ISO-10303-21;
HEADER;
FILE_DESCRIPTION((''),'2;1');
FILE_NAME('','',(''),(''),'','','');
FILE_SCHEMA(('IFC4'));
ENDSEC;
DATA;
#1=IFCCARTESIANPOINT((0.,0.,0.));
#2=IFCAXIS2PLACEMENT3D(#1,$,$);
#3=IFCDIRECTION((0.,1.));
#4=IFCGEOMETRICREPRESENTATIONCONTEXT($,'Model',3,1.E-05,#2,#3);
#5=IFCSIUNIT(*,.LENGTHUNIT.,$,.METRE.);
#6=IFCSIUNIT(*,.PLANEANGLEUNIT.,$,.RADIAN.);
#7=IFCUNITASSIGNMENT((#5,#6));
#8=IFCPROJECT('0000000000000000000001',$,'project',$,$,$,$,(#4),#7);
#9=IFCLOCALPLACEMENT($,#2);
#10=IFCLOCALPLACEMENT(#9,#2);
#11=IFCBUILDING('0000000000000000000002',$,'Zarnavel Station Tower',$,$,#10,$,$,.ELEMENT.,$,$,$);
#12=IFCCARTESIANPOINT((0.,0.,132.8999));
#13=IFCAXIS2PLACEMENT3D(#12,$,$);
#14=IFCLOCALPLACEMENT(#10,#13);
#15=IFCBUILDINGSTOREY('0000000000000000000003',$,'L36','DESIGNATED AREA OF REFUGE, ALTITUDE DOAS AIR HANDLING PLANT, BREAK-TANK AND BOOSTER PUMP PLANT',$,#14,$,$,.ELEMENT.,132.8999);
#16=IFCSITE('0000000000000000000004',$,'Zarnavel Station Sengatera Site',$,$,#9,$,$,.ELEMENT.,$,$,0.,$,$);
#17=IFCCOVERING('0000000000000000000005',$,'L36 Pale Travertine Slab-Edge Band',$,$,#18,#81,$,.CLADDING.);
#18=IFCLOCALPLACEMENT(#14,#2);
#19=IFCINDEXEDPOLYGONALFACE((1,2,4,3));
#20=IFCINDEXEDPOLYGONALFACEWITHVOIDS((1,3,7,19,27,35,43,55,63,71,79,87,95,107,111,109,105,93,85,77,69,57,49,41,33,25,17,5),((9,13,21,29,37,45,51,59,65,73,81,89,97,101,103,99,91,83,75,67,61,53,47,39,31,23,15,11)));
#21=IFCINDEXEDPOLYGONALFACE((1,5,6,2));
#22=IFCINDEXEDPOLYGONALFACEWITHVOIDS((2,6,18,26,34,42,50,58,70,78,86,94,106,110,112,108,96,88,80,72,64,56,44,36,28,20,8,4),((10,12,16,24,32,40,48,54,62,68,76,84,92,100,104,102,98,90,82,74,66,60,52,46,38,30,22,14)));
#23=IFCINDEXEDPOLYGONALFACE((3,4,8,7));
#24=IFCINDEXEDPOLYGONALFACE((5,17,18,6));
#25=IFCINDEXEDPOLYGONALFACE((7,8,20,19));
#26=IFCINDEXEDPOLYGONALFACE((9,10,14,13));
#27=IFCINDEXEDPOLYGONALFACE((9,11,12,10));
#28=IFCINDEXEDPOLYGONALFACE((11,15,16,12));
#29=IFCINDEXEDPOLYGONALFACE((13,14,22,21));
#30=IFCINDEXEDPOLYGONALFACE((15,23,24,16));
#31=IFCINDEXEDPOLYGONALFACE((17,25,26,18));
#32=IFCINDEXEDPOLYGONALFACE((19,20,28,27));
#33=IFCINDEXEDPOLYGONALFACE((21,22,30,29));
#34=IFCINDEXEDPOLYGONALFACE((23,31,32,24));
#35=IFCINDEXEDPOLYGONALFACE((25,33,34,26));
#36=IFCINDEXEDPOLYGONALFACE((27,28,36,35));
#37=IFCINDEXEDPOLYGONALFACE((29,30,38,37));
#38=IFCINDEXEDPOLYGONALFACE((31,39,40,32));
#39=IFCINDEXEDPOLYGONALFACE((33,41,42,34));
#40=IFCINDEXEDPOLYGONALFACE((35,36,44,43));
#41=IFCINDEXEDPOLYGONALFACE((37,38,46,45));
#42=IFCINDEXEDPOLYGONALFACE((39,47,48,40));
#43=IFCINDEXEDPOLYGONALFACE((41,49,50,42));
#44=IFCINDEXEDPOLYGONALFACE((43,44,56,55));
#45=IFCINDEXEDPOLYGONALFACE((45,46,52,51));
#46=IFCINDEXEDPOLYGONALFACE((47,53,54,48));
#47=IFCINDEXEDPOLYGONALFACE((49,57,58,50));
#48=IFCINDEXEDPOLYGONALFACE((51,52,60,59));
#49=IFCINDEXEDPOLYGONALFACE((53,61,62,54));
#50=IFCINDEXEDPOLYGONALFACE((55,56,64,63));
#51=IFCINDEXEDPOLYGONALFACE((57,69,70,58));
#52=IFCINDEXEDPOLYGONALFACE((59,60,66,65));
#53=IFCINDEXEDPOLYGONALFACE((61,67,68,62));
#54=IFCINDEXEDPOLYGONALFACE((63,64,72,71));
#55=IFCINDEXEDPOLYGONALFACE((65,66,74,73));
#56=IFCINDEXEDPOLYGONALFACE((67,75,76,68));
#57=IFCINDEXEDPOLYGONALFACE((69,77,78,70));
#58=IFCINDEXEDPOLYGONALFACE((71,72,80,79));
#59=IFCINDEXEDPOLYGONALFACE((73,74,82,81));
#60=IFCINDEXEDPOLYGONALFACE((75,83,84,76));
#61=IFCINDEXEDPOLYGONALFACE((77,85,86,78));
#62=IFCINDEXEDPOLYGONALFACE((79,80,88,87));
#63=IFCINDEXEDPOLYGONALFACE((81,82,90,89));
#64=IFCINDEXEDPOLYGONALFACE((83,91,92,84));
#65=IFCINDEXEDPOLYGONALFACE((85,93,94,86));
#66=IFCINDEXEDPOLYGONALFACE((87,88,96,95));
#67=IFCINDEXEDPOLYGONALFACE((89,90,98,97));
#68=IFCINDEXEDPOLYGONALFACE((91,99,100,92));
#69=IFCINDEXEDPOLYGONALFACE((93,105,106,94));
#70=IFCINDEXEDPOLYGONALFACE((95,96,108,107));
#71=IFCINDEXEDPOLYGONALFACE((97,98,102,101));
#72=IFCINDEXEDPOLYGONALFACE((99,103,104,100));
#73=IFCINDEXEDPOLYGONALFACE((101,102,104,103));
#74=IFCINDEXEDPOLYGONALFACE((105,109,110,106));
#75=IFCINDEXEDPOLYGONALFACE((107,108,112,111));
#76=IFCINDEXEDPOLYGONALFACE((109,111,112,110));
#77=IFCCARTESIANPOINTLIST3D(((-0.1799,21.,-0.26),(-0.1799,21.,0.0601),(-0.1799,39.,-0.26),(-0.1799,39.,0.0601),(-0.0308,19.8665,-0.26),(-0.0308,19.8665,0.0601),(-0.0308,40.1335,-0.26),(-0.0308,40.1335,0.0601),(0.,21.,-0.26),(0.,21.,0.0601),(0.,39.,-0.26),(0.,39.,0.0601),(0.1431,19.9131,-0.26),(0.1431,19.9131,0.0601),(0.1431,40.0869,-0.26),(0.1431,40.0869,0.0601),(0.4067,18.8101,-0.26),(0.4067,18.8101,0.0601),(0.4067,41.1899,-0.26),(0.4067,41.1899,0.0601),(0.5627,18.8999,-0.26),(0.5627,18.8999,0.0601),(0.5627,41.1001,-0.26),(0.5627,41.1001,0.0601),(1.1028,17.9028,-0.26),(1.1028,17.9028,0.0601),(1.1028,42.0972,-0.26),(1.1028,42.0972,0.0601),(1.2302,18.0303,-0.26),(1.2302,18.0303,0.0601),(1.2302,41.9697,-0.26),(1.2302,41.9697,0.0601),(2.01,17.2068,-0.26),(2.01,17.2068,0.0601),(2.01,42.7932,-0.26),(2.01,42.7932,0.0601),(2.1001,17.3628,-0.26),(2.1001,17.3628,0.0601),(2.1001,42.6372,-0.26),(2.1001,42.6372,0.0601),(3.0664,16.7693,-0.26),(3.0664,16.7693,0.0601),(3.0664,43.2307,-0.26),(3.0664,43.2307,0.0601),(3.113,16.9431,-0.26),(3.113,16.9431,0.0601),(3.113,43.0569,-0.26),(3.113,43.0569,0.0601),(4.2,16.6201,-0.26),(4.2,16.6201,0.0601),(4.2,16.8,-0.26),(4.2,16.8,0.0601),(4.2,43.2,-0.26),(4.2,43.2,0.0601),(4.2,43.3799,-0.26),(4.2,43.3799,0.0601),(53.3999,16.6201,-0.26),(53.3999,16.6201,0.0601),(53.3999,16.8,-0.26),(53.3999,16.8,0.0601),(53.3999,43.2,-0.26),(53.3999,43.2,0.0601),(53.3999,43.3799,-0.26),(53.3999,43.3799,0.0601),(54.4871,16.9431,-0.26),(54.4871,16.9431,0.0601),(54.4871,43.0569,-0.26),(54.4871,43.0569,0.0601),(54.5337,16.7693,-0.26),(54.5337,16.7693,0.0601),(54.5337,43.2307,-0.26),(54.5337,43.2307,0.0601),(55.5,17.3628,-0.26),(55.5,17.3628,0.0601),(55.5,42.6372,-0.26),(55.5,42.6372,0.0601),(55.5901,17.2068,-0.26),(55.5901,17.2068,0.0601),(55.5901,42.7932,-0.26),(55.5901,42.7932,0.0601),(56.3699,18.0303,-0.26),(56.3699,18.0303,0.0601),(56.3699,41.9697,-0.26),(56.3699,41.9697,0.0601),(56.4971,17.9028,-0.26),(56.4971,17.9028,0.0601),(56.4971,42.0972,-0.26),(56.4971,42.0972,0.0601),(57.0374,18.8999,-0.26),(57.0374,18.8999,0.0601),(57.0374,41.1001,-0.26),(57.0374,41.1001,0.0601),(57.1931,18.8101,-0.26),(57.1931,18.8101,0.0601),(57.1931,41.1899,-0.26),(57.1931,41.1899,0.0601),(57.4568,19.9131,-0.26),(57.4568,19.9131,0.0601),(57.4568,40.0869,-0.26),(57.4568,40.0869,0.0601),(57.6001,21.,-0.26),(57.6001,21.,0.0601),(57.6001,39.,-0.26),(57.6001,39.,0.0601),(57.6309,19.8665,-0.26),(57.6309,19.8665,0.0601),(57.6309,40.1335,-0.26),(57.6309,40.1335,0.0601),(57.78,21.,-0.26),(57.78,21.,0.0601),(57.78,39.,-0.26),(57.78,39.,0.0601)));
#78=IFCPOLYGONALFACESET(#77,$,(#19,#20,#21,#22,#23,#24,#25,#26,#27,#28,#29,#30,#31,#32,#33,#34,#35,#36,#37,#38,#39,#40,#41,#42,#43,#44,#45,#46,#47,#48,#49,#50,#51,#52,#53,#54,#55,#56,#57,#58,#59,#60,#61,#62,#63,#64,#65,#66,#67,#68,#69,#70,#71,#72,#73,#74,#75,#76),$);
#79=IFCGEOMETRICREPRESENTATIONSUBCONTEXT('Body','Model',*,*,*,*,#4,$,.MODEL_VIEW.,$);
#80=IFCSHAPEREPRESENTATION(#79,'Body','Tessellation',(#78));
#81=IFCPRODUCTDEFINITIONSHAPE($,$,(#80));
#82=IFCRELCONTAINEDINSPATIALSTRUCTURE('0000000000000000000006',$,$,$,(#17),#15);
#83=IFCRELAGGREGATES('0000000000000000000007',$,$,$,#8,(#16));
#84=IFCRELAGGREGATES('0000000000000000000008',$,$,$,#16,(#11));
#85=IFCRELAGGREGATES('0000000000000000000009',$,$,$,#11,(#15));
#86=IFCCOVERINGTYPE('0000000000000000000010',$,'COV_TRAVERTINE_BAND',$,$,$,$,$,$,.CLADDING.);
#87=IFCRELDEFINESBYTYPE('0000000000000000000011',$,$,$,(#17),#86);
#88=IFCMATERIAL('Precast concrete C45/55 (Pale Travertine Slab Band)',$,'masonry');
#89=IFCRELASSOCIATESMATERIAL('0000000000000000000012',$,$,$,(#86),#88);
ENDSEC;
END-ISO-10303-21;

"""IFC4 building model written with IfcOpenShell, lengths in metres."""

from ifc_helpers import new_model, si_unit, direction, frame, origin, place, context, subcontext, project, spatial, polyline, outline, extrude, material, type_object, element, save


model = new_model("IFC4")

# Units and contexts
model_context = context("Model", 3, precision=1e-05, world=origin(), true_north=direction((0.0, 1.0)))
body_context = subcontext(model_context, "Body", "Model", "MODEL_VIEW")
ifc_project = project(units=[si_unit("LENGTHUNIT", "METRE"), si_unit("PLANEANGLEUNIT", "RADIAN")], contexts=[model_context])

# Site, building, storey
site_placement = place(None, origin())
site = spatial("IfcSite", under=ifc_project, at=site_placement, Name="Zarnavel Station Sengatera Site", CompositionType="ELEMENT", RefElevation=0.0)
building_placement = place(site_placement, origin())
building = spatial("IfcBuilding", under=site, at=building_placement, Name="Zarnavel Station Tower", CompositionType="ELEMENT")
storey_placement = place(building_placement, frame((0.0, 0.0, 132.8999)))
storey = spatial("IfcBuildingStorey", under=building, at=storey_placement, Name="L36", Description="DESIGNATED AREA OF REFUGE, ALTITUDE DOAS AIR HANDLING PLANT, BREAK-TANK AND BOOSTER PUMP PLANT", CompositionType="ELEMENT", Elevation=132.8999)

# Covering
ifc_material_1 = material(Name="Precast concrete C45/55 (Pale Travertine Slab Band)", Category="masonry")
covering_type = type_object("IfcCoveringType", Name="COV_TRAVERTINE_BAND", PredefinedType="CLADDING", material=ifc_material_1)
covering_placement = place(storey_placement, frame((0.0, 0.0, -0.26)))
element("IfcCovering", 1, at=covering_placement, inside=storey, type_object=covering_type, Name="L36 Pale Travertine Slab-Edge Band", PredefinedType="CLADDING", context=body_context, shape_type="SweptSolid", body=[
    extrude(outline(polyline([(53.3999, 16.6201), (54.5337, 16.7693), (55.5901, 17.2068), (56.4971, 17.9028), (57.1931, 18.8101), (57.6309, 19.8665), (57.78, 21.0), (57.78, 39.0), (57.6309, 40.1335), (57.1931, 41.1899), (56.4971, 42.0972), (55.5901, 42.7932), (54.5337, 43.2307), (53.3999, 43.3799), (4.2, 43.3799), (3.0664, 43.2307), (2.01, 42.7932), (1.1028, 42.0972), (0.4067, 41.1899), (-0.0308, 40.1335), (-0.1799, 39.0), (-0.1799, 21.0), (-0.0308, 19.8665), (0.4067, 18.8101), (1.1028, 17.9028), (2.01, 17.2068), (3.0664, 16.7693), (4.2, 16.6201), (53.3999, 16.6201)]), holes=[polyline([(53.3999, 16.8), (54.4871, 16.9431), (55.5, 17.3628), (56.3699, 18.0303), (57.0374, 18.8999), (57.4568, 19.9131), (57.6001, 21.0), (57.6001, 39.0), (57.4568, 40.0869), (57.0374, 41.1001), (56.3699, 41.9697), (55.5, 42.6372), (54.4871, 43.0569), (53.3999, 43.2), (4.2, 43.2), (3.113, 43.0569), (2.1001, 42.6372), (1.2302, 41.9697), (0.5627, 41.1001), (0.1431, 40.0869), (0.0, 39.0), (0.0, 21.0), (0.1431, 19.9131), (0.5627, 18.8999), (1.2302, 18.0303), (2.1001, 17.3628), (3.113, 16.9431), (4.2, 16.8), (53.3999, 16.8)])]), origin(), (0.0, 0.0, 1.0), 0.3201),
])

save(model, "model.ifc")
